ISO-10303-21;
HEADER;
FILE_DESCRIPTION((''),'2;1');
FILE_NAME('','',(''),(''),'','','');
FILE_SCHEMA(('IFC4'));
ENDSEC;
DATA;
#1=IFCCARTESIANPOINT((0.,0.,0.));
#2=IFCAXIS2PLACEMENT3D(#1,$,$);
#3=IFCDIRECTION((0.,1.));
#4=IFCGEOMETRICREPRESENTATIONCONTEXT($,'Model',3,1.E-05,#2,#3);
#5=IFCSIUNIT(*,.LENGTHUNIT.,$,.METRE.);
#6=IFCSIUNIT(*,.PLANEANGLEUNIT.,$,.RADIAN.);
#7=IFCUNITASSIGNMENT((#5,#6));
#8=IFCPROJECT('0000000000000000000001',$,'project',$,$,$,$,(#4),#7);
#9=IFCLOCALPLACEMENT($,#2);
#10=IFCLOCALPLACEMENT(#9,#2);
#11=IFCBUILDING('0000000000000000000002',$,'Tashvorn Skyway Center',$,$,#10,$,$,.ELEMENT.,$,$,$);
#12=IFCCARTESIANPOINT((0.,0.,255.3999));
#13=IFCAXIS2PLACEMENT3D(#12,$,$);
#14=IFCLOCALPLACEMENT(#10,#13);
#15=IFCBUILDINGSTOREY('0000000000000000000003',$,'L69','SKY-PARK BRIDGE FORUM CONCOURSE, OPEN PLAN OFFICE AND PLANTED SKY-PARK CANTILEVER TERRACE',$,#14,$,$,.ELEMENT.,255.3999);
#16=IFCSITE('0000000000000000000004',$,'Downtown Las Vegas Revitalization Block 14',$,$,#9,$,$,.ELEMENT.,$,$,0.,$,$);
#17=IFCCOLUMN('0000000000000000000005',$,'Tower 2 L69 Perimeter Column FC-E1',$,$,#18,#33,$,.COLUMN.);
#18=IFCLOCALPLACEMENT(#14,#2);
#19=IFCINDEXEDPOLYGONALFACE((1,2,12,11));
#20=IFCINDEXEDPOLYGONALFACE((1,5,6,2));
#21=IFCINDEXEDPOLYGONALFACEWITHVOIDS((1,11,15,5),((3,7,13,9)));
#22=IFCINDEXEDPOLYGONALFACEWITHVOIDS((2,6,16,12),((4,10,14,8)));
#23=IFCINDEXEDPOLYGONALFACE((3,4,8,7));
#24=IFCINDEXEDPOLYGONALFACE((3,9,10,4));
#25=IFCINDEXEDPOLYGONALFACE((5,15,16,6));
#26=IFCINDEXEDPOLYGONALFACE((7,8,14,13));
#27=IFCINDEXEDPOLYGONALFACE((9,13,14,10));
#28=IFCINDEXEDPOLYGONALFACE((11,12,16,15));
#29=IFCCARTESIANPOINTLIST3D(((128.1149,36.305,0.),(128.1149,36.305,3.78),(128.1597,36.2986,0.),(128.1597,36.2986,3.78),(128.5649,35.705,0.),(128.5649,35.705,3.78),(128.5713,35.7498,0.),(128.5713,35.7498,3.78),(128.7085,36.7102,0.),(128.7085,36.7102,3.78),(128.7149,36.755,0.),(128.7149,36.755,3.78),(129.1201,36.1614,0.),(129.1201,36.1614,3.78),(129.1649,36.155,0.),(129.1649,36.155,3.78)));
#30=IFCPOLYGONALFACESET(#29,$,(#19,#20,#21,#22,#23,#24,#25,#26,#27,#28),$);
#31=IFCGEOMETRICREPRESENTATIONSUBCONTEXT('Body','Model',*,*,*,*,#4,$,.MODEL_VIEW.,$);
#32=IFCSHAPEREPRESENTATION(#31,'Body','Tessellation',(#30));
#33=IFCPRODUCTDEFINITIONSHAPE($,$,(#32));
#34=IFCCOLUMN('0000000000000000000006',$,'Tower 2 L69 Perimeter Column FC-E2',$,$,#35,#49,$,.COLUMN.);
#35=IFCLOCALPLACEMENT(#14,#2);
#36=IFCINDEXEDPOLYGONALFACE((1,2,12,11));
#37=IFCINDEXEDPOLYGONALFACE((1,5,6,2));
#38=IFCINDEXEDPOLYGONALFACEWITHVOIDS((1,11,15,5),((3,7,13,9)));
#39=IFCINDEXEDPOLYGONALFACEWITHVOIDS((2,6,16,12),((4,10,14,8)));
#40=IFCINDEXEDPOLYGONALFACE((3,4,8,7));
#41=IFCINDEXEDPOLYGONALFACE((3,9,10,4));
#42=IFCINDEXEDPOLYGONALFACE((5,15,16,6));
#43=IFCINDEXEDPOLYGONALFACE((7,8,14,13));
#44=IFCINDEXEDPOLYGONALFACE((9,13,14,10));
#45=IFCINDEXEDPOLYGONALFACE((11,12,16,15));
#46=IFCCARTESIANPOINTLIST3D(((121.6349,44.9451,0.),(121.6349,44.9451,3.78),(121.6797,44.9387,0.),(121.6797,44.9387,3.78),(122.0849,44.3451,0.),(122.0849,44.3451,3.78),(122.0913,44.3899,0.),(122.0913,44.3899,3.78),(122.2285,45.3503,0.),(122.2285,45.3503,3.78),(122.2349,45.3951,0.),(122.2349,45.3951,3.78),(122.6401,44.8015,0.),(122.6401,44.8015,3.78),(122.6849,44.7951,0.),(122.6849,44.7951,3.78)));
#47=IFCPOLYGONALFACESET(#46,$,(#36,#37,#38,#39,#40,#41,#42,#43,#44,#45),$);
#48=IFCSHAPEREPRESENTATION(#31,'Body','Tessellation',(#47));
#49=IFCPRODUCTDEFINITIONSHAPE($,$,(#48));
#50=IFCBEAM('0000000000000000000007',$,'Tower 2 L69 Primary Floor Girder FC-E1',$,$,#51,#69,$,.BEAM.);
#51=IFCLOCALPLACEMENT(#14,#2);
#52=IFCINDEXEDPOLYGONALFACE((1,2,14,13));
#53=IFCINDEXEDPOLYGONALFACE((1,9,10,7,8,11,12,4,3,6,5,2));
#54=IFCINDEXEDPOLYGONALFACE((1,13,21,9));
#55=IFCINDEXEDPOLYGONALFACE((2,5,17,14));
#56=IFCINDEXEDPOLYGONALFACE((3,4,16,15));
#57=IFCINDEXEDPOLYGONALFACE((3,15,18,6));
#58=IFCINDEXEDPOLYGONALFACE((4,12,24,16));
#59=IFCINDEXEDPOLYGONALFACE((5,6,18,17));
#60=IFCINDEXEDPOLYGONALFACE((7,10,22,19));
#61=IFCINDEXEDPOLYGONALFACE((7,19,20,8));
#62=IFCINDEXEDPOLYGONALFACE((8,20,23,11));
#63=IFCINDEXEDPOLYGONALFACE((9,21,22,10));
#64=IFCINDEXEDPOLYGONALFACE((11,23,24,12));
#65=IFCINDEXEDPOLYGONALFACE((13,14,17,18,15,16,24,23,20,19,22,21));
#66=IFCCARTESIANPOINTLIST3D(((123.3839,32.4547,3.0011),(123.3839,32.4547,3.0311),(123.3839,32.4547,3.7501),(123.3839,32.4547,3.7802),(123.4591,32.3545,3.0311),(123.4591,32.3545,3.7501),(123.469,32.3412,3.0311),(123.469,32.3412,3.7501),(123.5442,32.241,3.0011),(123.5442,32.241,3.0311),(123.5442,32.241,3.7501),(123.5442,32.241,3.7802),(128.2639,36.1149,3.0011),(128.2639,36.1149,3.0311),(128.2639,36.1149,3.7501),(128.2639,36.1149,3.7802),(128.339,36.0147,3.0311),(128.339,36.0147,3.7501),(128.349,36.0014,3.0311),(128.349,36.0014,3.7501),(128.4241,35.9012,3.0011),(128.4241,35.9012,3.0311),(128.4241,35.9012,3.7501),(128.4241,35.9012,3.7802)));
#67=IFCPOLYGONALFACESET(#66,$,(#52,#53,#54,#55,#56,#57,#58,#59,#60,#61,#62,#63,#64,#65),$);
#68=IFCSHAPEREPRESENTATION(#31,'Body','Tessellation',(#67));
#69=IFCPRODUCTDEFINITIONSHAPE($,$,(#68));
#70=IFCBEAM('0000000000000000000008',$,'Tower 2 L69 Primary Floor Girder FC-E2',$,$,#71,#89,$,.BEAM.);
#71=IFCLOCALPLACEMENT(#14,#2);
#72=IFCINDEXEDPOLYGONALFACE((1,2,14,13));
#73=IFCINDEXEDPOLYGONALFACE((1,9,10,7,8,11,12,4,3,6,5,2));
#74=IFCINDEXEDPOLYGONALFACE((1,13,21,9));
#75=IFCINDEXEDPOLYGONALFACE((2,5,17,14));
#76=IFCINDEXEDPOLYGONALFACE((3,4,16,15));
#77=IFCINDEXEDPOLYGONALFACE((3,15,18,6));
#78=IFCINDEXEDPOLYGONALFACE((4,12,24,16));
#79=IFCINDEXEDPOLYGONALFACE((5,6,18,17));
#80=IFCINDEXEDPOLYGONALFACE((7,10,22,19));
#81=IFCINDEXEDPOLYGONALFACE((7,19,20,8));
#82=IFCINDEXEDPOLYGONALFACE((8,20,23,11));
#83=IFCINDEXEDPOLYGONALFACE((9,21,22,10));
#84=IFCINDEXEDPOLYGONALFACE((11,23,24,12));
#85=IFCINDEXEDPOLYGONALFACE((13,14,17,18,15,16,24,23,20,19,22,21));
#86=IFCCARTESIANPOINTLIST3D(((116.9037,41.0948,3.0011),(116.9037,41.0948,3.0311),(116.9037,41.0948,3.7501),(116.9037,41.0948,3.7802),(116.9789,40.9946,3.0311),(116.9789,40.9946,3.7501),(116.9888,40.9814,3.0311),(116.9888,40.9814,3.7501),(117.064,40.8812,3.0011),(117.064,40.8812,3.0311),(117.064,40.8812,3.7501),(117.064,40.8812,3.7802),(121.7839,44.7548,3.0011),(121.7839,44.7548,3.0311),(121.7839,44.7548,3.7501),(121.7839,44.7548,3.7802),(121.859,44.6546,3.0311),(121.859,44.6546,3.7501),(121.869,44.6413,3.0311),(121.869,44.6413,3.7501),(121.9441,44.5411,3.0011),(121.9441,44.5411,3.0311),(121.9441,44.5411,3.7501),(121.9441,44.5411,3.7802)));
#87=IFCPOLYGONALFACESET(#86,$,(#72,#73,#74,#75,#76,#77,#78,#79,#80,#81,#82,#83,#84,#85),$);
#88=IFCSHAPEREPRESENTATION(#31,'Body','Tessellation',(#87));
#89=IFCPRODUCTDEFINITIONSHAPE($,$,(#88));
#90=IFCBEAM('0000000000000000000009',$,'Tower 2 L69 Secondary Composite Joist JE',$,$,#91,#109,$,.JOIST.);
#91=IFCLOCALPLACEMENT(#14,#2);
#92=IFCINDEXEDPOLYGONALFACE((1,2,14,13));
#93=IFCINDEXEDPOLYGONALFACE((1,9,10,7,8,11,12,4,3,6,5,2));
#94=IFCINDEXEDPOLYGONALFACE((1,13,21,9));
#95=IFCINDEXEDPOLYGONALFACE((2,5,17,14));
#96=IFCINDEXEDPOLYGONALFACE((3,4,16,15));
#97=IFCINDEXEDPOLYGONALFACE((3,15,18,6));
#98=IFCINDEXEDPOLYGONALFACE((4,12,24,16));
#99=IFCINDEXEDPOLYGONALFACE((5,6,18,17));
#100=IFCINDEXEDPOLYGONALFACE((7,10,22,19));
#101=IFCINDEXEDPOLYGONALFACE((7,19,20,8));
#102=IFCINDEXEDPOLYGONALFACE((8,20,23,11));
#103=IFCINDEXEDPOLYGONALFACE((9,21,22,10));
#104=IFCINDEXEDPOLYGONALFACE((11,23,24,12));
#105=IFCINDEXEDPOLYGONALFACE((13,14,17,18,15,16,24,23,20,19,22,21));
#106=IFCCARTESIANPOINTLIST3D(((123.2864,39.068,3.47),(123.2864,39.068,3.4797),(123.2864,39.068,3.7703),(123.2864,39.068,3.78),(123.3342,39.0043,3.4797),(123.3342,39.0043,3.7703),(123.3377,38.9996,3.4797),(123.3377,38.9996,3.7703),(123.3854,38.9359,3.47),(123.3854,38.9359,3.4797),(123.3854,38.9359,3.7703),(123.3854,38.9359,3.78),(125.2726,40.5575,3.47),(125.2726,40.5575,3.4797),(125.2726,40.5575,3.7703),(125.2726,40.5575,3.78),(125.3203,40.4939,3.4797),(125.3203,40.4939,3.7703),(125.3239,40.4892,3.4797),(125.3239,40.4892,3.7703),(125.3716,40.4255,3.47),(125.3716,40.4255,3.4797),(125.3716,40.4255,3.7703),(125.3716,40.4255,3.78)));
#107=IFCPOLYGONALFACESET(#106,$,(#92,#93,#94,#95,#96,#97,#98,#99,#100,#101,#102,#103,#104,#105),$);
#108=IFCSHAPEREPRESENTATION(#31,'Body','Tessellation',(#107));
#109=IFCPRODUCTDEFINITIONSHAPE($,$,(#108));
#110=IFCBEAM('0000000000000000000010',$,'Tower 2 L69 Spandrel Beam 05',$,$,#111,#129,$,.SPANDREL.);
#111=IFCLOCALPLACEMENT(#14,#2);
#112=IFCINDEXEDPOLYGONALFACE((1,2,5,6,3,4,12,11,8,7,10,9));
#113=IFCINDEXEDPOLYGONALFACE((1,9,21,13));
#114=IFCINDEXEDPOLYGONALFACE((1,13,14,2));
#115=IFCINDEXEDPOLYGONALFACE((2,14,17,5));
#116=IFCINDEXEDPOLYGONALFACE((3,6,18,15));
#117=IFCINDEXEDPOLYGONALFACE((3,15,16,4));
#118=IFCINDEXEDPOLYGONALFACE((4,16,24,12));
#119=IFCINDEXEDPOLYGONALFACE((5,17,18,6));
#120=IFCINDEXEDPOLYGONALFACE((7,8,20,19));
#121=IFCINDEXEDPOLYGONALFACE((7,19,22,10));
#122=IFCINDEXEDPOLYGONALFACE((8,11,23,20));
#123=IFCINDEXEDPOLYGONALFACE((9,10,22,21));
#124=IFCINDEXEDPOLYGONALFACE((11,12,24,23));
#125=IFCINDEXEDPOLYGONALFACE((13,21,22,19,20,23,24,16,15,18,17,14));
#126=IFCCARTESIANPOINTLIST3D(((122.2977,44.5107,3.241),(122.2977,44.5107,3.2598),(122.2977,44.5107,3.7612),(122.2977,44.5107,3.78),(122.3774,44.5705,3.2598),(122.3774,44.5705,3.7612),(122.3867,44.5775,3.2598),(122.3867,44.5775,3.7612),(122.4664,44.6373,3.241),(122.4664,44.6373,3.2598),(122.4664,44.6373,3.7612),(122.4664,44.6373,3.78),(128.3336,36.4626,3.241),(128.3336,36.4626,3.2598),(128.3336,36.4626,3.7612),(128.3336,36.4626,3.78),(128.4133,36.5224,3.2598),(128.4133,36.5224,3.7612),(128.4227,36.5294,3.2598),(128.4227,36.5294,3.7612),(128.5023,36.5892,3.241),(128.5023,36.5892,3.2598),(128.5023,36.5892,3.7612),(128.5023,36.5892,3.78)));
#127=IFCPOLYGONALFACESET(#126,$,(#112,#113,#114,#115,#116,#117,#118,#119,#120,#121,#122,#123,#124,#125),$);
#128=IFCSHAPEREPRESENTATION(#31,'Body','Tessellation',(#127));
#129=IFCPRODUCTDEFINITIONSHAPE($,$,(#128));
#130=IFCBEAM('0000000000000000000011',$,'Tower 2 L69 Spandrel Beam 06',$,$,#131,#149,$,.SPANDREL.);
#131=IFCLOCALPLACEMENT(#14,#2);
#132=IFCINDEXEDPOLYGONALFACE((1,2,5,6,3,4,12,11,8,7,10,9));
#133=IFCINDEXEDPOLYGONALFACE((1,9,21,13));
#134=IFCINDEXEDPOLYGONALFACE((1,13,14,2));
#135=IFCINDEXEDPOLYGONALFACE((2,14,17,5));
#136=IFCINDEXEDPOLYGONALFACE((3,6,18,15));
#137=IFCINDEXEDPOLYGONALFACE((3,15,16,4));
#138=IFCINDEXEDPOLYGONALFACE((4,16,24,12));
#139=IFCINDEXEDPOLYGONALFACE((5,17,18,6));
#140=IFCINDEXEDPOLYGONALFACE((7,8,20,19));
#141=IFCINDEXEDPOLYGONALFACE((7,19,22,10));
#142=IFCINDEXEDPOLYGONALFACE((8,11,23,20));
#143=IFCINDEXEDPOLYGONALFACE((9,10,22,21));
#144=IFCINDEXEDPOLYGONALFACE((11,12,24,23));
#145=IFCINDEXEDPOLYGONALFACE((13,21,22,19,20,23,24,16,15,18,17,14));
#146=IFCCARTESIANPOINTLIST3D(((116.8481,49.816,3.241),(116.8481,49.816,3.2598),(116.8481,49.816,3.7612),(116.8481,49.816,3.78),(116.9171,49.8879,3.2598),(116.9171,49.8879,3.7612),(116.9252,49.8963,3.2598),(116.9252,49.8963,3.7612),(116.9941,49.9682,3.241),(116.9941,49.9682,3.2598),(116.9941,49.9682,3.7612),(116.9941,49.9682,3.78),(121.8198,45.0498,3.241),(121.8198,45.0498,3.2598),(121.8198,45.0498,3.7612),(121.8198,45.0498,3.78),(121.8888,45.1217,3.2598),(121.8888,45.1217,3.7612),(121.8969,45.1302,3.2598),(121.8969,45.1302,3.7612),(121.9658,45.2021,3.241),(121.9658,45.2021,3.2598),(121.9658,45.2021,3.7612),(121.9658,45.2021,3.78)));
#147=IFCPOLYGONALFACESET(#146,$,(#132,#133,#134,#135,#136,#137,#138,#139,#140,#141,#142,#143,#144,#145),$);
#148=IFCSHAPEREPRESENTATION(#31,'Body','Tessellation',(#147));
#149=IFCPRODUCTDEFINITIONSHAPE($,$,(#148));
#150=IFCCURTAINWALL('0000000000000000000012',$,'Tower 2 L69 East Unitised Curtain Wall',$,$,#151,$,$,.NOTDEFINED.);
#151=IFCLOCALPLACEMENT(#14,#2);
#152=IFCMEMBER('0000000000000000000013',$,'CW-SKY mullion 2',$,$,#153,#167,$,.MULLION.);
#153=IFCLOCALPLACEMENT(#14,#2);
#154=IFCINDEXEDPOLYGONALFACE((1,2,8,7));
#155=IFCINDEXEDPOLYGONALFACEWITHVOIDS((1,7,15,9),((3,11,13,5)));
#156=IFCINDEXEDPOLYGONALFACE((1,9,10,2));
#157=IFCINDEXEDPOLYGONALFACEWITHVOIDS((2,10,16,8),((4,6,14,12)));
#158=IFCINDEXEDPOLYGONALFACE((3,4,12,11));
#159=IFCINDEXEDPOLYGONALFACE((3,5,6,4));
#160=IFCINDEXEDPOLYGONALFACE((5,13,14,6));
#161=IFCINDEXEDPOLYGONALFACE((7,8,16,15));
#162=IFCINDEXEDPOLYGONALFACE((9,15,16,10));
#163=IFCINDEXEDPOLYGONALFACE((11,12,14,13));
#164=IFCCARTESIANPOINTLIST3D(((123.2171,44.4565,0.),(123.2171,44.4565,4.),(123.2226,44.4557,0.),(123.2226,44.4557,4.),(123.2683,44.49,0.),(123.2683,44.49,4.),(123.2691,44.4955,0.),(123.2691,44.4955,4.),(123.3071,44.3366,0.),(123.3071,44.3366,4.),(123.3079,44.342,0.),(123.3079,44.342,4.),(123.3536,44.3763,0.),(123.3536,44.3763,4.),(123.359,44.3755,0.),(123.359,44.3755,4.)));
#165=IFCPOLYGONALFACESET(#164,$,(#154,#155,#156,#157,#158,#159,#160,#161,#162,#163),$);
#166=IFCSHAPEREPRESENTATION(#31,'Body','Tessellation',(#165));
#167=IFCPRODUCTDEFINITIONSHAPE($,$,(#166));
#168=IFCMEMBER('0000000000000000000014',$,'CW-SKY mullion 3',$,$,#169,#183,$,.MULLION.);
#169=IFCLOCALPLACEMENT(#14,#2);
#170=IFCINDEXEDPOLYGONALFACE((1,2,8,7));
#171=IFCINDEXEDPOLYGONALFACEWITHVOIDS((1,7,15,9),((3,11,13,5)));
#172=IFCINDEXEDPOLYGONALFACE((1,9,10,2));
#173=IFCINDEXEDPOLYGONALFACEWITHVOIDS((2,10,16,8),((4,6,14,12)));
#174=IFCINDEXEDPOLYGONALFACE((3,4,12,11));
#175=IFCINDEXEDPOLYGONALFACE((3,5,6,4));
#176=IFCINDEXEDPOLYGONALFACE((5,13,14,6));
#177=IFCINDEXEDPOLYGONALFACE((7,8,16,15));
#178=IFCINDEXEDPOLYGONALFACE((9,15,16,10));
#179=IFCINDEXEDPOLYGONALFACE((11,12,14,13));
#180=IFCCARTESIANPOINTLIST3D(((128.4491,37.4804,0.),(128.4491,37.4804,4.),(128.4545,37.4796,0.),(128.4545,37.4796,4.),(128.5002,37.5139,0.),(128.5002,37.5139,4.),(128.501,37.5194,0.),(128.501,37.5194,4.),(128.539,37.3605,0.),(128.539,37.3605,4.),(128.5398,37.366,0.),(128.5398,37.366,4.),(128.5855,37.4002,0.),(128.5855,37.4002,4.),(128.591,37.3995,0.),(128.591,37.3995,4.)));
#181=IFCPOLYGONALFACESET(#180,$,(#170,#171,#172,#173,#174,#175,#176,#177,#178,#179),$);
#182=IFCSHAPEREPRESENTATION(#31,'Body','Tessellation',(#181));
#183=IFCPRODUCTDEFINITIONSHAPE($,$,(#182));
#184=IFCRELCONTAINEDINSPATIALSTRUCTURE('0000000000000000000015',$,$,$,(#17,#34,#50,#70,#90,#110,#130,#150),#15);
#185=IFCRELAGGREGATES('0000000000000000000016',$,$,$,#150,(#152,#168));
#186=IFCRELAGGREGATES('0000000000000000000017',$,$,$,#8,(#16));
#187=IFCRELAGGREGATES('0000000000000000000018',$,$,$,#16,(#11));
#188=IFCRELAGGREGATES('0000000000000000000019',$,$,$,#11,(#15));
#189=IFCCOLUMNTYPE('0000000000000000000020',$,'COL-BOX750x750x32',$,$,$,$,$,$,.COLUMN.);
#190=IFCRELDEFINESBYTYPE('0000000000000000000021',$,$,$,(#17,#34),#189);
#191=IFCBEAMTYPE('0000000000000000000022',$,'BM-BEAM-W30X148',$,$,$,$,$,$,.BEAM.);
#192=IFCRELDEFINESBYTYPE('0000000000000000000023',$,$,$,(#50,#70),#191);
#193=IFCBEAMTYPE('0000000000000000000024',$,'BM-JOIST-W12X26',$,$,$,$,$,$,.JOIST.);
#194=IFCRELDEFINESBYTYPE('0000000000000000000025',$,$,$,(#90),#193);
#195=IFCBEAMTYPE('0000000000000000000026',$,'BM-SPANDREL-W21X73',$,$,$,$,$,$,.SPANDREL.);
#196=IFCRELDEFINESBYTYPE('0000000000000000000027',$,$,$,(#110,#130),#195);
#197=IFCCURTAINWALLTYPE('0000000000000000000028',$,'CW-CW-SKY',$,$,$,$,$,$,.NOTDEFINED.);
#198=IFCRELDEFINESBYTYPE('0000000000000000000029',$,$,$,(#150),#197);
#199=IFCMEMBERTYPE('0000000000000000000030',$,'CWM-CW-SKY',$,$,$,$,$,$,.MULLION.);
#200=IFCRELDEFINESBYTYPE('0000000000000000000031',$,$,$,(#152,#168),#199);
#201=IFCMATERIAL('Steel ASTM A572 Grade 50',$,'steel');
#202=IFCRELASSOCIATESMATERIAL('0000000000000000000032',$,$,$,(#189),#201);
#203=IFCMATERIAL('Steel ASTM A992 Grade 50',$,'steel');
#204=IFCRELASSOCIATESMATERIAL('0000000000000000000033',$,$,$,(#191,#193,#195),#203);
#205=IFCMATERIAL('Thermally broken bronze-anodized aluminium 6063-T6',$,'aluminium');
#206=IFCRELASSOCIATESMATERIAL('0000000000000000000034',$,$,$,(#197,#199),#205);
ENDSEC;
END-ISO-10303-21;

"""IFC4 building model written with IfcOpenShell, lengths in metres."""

from ifc_helpers import new_model, si_unit, direction, frame, origin, origin_2d, place, context, subcontext, project, spatial, hollow_rectangle, i_section, extrude, material, material_profile, profile_set, type_object, element, aggregate, save


model = new_model("IFC4")

# Units and contexts
model_context = context("Model", 3, precision=1e-05, world=origin(), true_north=direction((0.0, 1.0)))
body_context = subcontext(model_context, "Body", "Model", "MODEL_VIEW")
ifc_project = project(units=[si_unit("LENGTHUNIT", "METRE"), si_unit("PLANEANGLEUNIT", "RADIAN")], contexts=[model_context])

# Site, building, storey
site_placement = place(None, origin())
site = spatial("IfcSite", under=ifc_project, at=site_placement, Name="Downtown Las Vegas Revitalization Block 14", CompositionType="ELEMENT", RefElevation=0.0)
building_placement = place(site_placement, origin())
building = spatial("IfcBuilding", under=site, at=building_placement, Name="Tashvorn Skyway Center", CompositionType="ELEMENT")
storey_placement = place(building_placement, frame((0.0, 0.0, 255.3999)))
storey = spatial("IfcBuildingStorey", under=building, at=storey_placement, Name="L69", Description="SKY-PARK BRIDGE FORUM CONCOURSE, OPEN PLAN OFFICE AND PLANTED SKY-PARK CANTILEVER TERRACE", CompositionType="ELEMENT", Elevation=255.3999)

# Columns
ifc_material_1 = material(Name="Steel ASTM A572 Grade 50", Category="steel")
ifc_material_profile_1 = material_profile(ifc_material_1, hollow_rectangle(XDim=0.75, YDim=0.75, WallThickness=0.032, at=origin_2d()), Name="BOX750x750x32")
ifc_profile_set_1 = profile_set([ifc_material_profile_1], Name="Steel ASTM A572 Grade 50")
column_type = type_object("IfcColumnType", Name="COL-BOX750x750x32", PredefinedType="COLUMN", material=ifc_profile_set_1)
for number, where, z_axis, x_axis, name in (
    (1, (128.6399, 36.23, 0.0), (0.0, 0.0, 1.0), (0.8, 0.6, 0.0), "Tower 2 L69 Perimeter Column FC-E1"),
    (2, (122.1599, 44.8701, 0.0), (0.0, 0.0, 1.0), (0.8, 0.6, 0.0), "Tower 2 L69 Perimeter Column FC-E2"),
):
    element("IfcColumn", number, at=place(storey_placement, frame(where, z_axis=z_axis, x_axis=x_axis)), inside=storey, type_object=column_type, Name=name, PredefinedType="COLUMN", context=body_context, shape_type="SweptSolid", body=[
        extrude(hollow_rectangle(XDim=0.75, YDim=0.75, WallThickness=0.032, at=origin_2d()), origin(), (0.0, 0.0, 1.0), 3.78),
    ])

# Beams
ifc_material_2 = material(Name="Steel ASTM A992 Grade 50", Category="steel")
ifc_material_profile_2 = material_profile(ifc_material_2, i_section(OverallWidth=0.2671, OverallDepth=0.7791, WebThickness=0.0166, FlangeThickness=0.03, at=origin_2d()), Name="W30X148")
ifc_profile_set_2 = profile_set([ifc_material_profile_2], Name="Steel ASTM A992 Grade 50")
beam_type_1 = type_object("IfcBeamType", Name="BM-BEAM-W30X148", PredefinedType="BEAM", material=ifc_profile_set_2)
for number, where, z_axis, x_axis, name in (
    (3, (128.344, 36.0081, 3.3906), (-0.799981, -0.600026, 0.0), (0.600026, -0.799981, 0.0), "Tower 2 L69 Primary Floor Girder FC-E1"),
    (4, (121.864, 44.6479, 3.3906), (-0.800014, -0.599981, 0.0), (0.599981, -0.800014, 0.0), "Tower 2 L69 Primary Floor Girder FC-E2"),
):
    element("IfcBeam", number, at=place(storey_placement, frame(where, z_axis=z_axis, x_axis=x_axis)), inside=storey, type_object=beam_type_1, Name=name, PredefinedType="BEAM", context=body_context, shape_type="SweptSolid", body=[
        extrude(i_section(OverallWidth=0.2671, OverallDepth=0.7791, WebThickness=0.0166, FlangeThickness=0.03, at=origin_2d()), origin(), (0.0, 0.0, 1.0), 6.1001),
    ])
ifc_material_profile_3 = material_profile(ifc_material_2, i_section(OverallWidth=0.165, OverallDepth=0.3101, WebThickness=0.0059, FlangeThickness=0.0098, at=origin_2d()), Name="W12X26")
ifc_profile_set_3 = profile_set([ifc_material_profile_3], Name="Steel ASTM A992 Grade 50")
beam_type_2 = type_object("IfcBeamType", Name="BM-JOIST-W12X26", PredefinedType="JOIST", material=ifc_profile_set_3)
beam_1_placement = place(storey_placement, frame((123.3359, 39.002, 3.625), z_axis=(0.800012, 0.599984, 0.0), x_axis=(-0.599984, 0.800012, 0.0)))
element("IfcBeam", 5, at=beam_1_placement, inside=storey, type_object=beam_type_2, Name="Tower 2 L69 Secondary Composite Joist JE", PredefinedType="JOIST", context=body_context, shape_type="SweptSolid", body=[
    extrude(i_section(OverallWidth=0.165, OverallDepth=0.3101, WebThickness=0.0059, FlangeThickness=0.0098, at=origin_2d()), origin(), (0.0, 0.0, 1.0), 2.4827),
])
ifc_material_profile_4 = material_profile(ifc_material_2, i_section(OverallWidth=0.2109, OverallDepth=0.5391, WebThickness=0.0117, FlangeThickness=0.0188, at=origin_2d()), Name="W21X73")
ifc_profile_set_4 = profile_set([ifc_material_profile_4], Name="Steel ASTM A992 Grade 50")
beam_type_3 = type_object("IfcBeamType", Name="BM-SPANDREL-W21X73", PredefinedType="SPANDREL", material=ifc_profile_set_4)
beam_2_placement = place(storey_placement, frame((128.418, 36.5259, 3.5105), z_axis=(-0.599988, 0.800009, 0.0), x_axis=(-0.800009, -0.599988, 0.0)))
element("IfcBeam", 6, at=beam_2_placement, inside=storey, type_object=beam_type_3, Name="Tower 2 L69 Spandrel Beam 05", PredefinedType="SPANDREL", context=body_context, shape_type="SweptSolid", body=[
    extrude(i_section(OverallWidth=0.2109, OverallDepth=0.5391, WebThickness=0.0117, FlangeThickness=0.0188, at=origin_2d()), origin(), (0.0, 0.0, 1.0), 10.0601),
])
beam_3_placement = place(storey_placement, frame((121.8928, 45.126, 3.5105), z_axis=(-0.721873, 0.692025, 0.0), x_axis=(-0.692025, -0.721873, 0.0)))
element("IfcBeam", 7, at=beam_3_placement, inside=storey, type_object=beam_type_3, Name="Tower 2 L69 Spandrel Beam 06", PredefinedType="SPANDREL", context=body_context, shape_type="SweptSolid", body=[
    extrude(i_section(OverallWidth=0.2109, OverallDepth=0.5391, WebThickness=0.0117, FlangeThickness=0.0188, at=origin_2d()), origin(), (0.0, 0.0, 1.0), 6.8872),
])

# Curtain wall, members
ifc_material_3 = material(Name="Thermally broken bronze-anodized aluminium 6063-T6", Category="aluminium")
curtain_wall_type = type_object("IfcCurtainWallType", Name="CW-CW-SKY", PredefinedType="NOTDEFINED", material=ifc_material_3)
curtain_wall_placement = place(storey_placement, origin())
curtain_wall = element("IfcCurtainWall", 8, at=curtain_wall_placement, inside=storey, type_object=curtain_wall_type, Name="Tower 2 L69 East Unitised Curtain Wall", PredefinedType="NOTDEFINED")
ifc_material_profile_5 = material_profile(ifc_material_3, hollow_rectangle(XDim=0.0649, YDim=0.1499, WallThickness=0.0039, at=origin_2d()), Name="ALU-MULL-65x150")
ifc_profile_set_5 = profile_set([ifc_material_profile_5], Name="Thermally broken bronze-anodized aluminium 6063-T6")
member_type_1 = type_object("IfcMemberType", Name="CWM-CW-SKY", PredefinedType="MULLION", material=ifc_profile_set_5)
member_1_placement = place(storey_placement, frame((123.2881, 44.416, 0.0), z_axis=(0.0, 0.0, 1.0), x_axis=(0.8, 0.6, 0.0)))
member_1 = element("IfcMember", 9, at=member_1_placement, type_object=member_type_1, Name="CW-SKY mullion 2", PredefinedType="MULLION", context=body_context, shape_type="SweptSolid", body=[
    extrude(hollow_rectangle(XDim=0.0649, YDim=0.1499, WallThickness=0.0039, at=origin_2d()), origin(), (0.0, 0.0, 1.0), 4.0),
])
member_2_placement = place(storey_placement, frame((128.52, 37.4399, 0.0), z_axis=(0.0, 0.0, 1.0), x_axis=(0.8, 0.6, 0.0)))
member_2 = element("IfcMember", 10, at=member_2_placement, type_object=member_type_1, Name="CW-SKY mullion 3", PredefinedType="MULLION", context=body_context, shape_type="SweptSolid", body=[
    extrude(hollow_rectangle(XDim=0.0649, YDim=0.1499, WallThickness=0.0039, at=origin_2d()), origin(), (0.0, 0.0, 1.0), 4.0),
])
aggregate(curtain_wall, [member_1, member_2])

save(model, "model.ifc")
